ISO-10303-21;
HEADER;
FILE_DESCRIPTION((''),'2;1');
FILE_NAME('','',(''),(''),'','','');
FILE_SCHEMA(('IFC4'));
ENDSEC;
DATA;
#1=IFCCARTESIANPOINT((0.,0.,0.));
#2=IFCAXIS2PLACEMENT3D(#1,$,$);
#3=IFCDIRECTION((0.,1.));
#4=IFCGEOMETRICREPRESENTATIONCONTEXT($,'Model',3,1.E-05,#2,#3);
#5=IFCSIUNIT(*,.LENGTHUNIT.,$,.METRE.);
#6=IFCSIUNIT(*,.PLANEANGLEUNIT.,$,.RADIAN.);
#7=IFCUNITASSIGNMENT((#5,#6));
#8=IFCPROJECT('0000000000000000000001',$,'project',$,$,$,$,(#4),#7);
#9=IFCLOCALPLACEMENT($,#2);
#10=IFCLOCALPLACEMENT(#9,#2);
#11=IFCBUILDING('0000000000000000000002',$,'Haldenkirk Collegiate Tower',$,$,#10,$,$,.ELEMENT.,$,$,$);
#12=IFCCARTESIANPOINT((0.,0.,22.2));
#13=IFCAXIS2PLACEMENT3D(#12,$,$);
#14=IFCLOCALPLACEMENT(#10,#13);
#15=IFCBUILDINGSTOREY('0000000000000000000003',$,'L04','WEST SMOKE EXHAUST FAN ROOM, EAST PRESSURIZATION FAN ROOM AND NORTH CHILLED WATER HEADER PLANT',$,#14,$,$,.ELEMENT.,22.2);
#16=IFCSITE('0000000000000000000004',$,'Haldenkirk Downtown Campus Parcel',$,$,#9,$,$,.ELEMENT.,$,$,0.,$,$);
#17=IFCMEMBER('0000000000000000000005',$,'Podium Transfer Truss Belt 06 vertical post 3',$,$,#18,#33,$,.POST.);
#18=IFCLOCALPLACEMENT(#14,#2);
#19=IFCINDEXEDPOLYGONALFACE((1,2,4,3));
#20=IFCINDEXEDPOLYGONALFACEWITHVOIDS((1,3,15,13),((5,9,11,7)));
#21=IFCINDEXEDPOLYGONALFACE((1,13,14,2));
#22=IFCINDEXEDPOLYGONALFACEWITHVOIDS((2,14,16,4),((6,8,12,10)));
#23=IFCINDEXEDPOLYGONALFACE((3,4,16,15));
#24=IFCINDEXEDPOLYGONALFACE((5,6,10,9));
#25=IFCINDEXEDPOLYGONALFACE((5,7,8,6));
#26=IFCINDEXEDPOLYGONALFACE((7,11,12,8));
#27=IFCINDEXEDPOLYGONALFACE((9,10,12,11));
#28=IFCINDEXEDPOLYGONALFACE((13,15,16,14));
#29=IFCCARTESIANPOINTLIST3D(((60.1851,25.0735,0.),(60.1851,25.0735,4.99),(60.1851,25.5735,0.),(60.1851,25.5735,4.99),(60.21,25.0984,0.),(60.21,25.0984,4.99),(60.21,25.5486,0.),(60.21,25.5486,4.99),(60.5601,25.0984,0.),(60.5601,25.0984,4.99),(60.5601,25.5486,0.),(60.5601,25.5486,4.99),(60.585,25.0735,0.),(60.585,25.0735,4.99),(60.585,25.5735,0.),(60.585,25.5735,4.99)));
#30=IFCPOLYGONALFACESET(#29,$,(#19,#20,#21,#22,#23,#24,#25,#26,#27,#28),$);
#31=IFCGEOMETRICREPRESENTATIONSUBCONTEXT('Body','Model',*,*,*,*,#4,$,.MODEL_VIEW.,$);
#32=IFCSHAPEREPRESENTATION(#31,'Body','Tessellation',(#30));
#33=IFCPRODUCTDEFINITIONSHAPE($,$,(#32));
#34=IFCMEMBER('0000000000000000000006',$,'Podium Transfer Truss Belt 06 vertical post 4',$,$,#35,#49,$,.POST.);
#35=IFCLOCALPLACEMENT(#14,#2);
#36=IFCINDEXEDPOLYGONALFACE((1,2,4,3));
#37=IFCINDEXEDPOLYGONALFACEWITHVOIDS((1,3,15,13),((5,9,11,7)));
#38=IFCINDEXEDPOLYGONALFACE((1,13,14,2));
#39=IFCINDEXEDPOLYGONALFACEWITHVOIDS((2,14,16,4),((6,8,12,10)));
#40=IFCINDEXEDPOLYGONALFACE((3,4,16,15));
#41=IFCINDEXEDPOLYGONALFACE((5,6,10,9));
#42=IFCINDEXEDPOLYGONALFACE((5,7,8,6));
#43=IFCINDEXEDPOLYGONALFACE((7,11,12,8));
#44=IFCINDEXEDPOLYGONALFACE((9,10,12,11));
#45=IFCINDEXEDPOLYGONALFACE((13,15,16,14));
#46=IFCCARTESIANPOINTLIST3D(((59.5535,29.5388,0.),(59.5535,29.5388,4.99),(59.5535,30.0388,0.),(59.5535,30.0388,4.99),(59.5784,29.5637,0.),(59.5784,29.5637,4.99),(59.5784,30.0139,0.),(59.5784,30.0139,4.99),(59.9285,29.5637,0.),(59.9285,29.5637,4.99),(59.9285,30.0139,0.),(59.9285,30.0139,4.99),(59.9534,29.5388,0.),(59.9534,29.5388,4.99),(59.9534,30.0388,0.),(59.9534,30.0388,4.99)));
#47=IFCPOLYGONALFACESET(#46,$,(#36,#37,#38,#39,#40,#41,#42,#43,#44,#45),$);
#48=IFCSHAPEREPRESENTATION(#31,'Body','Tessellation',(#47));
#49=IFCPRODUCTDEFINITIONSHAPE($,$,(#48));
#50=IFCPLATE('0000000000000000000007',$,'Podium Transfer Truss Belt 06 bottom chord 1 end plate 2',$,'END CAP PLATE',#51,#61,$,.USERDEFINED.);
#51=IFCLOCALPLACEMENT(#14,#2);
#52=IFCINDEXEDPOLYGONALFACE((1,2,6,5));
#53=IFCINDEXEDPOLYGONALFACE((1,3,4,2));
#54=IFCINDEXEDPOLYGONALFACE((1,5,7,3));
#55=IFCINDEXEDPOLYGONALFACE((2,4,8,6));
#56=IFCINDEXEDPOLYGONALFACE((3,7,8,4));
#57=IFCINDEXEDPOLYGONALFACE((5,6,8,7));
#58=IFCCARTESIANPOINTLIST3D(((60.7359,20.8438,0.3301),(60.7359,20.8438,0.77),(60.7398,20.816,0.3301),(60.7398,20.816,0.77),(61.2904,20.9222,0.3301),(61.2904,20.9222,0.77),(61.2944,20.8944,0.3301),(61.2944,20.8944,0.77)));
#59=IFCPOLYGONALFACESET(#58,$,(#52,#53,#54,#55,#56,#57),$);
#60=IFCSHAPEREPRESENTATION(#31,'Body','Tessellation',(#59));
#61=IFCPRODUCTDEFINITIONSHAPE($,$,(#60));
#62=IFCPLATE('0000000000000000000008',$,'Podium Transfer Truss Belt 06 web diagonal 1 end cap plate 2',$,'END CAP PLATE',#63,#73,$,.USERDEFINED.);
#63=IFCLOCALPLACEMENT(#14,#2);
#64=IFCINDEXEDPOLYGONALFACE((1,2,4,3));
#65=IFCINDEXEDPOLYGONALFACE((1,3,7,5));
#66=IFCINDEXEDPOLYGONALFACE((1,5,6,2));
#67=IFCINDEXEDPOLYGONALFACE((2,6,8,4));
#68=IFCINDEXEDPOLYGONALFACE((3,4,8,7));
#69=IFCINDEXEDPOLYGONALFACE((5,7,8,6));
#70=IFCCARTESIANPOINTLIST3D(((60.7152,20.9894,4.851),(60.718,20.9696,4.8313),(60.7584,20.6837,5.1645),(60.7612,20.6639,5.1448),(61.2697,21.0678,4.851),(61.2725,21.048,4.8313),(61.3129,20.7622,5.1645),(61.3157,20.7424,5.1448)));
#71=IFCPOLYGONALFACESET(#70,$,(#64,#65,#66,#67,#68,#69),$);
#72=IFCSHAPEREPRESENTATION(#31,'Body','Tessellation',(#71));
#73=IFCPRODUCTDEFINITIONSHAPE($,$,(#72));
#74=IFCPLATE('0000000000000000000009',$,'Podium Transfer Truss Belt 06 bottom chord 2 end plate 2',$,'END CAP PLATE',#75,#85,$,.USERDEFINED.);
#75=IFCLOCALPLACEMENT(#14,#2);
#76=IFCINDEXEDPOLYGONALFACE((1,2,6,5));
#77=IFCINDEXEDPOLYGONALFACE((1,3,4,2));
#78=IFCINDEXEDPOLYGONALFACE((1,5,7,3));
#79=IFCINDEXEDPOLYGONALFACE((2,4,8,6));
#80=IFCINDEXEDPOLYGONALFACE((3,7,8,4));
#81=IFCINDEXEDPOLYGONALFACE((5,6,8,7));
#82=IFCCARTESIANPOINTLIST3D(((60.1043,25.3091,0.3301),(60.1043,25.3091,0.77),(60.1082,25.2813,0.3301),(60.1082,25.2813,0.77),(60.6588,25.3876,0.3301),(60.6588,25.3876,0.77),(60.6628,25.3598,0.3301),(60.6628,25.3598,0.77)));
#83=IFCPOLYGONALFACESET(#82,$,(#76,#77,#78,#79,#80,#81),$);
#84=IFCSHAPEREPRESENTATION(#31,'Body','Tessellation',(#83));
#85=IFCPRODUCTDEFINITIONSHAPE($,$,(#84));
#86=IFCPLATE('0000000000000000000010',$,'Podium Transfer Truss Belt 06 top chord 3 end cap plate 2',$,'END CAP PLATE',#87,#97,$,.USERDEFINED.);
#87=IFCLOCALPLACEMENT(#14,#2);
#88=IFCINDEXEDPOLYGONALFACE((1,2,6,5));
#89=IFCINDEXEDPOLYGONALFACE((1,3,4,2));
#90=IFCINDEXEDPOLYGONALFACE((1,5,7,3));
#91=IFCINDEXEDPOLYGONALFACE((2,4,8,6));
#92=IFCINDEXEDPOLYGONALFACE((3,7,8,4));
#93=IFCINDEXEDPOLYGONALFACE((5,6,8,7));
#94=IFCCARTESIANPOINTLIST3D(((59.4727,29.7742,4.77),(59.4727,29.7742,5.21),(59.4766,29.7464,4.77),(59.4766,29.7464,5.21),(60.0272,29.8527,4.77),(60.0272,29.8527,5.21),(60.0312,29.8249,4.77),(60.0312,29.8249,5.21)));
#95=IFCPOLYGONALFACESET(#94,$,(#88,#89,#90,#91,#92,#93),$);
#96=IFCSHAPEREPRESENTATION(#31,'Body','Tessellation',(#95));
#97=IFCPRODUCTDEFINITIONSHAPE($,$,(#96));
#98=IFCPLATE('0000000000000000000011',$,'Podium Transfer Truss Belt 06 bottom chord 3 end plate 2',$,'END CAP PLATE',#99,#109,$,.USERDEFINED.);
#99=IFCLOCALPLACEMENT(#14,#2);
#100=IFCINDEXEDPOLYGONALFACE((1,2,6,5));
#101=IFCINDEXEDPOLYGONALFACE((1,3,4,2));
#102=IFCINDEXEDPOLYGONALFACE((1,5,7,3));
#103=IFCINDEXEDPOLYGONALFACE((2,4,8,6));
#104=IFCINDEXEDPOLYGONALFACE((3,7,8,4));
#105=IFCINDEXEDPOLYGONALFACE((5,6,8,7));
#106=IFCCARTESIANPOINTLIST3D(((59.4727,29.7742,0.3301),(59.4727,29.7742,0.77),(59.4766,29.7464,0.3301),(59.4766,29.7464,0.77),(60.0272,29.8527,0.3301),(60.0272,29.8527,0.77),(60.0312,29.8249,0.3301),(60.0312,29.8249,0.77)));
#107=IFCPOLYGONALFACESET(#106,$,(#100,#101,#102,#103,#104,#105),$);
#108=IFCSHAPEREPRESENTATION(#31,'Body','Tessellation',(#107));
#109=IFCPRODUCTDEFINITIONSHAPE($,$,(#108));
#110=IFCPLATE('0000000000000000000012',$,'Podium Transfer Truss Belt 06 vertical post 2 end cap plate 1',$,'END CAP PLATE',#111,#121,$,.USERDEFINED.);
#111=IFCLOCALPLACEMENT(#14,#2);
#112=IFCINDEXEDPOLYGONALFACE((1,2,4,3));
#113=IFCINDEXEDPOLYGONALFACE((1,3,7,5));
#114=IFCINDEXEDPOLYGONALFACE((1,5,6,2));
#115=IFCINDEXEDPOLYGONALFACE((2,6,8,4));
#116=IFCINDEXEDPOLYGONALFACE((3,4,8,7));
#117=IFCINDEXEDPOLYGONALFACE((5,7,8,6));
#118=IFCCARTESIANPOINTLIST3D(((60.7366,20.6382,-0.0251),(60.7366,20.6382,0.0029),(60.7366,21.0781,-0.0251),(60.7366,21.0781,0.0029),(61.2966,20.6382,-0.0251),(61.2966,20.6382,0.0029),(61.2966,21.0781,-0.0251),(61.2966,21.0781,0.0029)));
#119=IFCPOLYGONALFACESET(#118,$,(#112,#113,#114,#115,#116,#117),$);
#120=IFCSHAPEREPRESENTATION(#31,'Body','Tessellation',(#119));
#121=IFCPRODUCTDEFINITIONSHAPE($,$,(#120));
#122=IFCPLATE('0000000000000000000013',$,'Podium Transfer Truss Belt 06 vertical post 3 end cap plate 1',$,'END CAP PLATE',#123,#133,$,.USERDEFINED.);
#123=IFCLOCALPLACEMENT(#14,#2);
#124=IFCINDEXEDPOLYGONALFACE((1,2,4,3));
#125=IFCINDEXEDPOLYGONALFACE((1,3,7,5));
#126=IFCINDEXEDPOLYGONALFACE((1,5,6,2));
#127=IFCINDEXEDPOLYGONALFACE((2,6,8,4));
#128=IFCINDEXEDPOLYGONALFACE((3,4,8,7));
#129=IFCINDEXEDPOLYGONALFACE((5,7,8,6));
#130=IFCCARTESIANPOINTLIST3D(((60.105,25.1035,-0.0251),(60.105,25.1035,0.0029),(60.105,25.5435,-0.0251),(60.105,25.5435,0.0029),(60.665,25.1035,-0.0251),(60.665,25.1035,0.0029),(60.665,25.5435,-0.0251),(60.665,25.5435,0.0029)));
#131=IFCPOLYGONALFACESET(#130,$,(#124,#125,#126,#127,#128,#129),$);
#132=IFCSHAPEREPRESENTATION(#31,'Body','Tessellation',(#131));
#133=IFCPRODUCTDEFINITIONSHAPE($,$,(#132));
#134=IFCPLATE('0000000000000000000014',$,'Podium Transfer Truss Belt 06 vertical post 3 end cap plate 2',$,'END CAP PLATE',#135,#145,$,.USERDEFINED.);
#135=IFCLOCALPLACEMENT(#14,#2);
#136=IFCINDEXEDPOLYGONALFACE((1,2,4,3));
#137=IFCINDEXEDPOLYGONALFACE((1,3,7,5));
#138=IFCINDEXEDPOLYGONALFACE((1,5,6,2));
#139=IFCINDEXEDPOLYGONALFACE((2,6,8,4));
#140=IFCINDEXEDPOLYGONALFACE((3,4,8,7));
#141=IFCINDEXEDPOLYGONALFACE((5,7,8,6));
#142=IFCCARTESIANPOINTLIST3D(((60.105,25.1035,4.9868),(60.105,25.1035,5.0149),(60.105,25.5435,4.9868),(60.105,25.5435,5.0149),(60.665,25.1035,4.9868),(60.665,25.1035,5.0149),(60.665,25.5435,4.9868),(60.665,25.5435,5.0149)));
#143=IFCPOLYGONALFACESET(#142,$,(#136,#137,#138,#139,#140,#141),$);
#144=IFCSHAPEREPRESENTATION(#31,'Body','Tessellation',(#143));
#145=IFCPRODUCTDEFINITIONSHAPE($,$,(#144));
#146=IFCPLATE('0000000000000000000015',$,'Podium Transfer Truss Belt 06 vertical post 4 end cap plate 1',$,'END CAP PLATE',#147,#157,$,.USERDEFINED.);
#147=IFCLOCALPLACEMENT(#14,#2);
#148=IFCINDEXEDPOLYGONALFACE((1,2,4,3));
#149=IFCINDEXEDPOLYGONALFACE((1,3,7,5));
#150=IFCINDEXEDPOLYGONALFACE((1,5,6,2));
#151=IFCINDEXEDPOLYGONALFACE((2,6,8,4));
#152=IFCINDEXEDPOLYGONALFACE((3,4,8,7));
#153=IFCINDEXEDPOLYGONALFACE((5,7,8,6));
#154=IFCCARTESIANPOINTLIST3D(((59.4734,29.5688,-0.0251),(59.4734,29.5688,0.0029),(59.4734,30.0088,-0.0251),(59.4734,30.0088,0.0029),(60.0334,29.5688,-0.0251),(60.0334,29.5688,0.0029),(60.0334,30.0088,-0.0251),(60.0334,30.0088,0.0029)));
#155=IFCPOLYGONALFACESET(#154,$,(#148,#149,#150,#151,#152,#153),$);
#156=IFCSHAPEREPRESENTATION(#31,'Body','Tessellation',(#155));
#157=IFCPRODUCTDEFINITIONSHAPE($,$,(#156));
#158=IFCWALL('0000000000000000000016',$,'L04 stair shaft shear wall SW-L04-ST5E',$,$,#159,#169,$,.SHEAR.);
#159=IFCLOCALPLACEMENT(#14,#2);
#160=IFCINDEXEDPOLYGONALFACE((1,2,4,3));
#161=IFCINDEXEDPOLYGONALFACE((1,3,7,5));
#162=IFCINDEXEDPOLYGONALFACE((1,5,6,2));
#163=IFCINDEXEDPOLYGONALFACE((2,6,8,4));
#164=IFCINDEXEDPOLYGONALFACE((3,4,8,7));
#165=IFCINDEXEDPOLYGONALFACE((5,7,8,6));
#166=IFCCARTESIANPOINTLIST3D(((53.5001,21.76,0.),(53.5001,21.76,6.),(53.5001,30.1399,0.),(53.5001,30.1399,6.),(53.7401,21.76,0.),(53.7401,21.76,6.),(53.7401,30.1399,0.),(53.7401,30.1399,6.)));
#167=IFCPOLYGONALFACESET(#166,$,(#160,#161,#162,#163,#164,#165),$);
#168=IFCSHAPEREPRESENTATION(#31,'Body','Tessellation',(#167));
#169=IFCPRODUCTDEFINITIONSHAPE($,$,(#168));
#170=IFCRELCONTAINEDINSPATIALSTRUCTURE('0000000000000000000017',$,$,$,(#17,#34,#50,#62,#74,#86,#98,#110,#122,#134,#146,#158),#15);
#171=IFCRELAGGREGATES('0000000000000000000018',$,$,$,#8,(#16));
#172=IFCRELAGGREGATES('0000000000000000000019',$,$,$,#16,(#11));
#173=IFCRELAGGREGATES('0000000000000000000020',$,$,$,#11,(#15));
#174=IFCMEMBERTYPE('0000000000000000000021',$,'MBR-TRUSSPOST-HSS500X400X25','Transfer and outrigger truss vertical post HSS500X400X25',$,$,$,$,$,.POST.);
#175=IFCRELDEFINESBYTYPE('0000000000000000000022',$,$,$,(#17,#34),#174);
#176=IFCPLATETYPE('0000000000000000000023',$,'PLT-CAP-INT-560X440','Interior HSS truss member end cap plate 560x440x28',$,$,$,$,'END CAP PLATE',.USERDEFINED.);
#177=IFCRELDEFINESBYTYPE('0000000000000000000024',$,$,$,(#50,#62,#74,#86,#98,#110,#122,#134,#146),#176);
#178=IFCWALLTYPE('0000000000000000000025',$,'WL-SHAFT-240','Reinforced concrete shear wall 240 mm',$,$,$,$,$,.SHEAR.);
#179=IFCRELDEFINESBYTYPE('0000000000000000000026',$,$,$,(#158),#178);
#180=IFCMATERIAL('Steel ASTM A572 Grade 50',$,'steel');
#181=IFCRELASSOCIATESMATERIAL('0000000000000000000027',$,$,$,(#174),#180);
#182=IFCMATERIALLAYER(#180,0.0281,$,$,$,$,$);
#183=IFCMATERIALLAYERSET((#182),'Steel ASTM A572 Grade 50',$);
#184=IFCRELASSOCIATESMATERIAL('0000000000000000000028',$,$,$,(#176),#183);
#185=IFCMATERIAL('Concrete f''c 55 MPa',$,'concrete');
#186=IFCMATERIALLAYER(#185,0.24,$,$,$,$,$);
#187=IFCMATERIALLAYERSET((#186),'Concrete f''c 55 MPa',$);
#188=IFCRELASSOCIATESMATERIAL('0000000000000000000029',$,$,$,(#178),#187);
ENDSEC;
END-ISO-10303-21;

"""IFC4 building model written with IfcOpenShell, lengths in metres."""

from ifc_helpers import new_model, si_unit, direction, frame, frame_2d, origin, origin_2d, place, context, subcontext, project, spatial, rectangle, hollow_rectangle, extrude, source, transform, mapped, material, layer, layer_set, material_profile, profile_set, type_object, element, save


model = new_model("IFC4")

# Units and contexts
model_context = context("Model", 3, precision=1e-05, world=origin(), true_north=direction((0.0, 1.0)))
body_context = subcontext(model_context, "Body", "Model", "MODEL_VIEW")
ifc_project = project(units=[si_unit("LENGTHUNIT", "METRE"), si_unit("PLANEANGLEUNIT", "RADIAN")], contexts=[model_context])

# Site, building, storey
site_placement = place(None, origin())
site = spatial("IfcSite", under=ifc_project, at=site_placement, Name="Haldenkirk Downtown Campus Parcel", CompositionType="ELEMENT", RefElevation=0.0)
building_placement = place(site_placement, origin())
building = spatial("IfcBuilding", under=site, at=building_placement, Name="Haldenkirk Collegiate Tower", CompositionType="ELEMENT")
storey_placement = place(building_placement, frame((0.0, 0.0, 22.2)))
storey = spatial("IfcBuildingStorey", under=building, at=storey_placement, Name="L04", Description="WEST SMOKE EXHAUST FAN ROOM, EAST PRESSURIZATION FAN ROOM AND NORTH CHILLED WATER HEADER PLANT", CompositionType="ELEMENT", Elevation=22.2)

# Members
ifc_material_1 = material(Name="Steel ASTM A572 Grade 50", Category="steel")
ifc_material_profile_1 = material_profile(ifc_material_1, hollow_rectangle(XDim=0.3999, YDim=0.5, WallThickness=0.0249, at=origin_2d()), Name="HSS500X400X25")
ifc_profile_set_1 = profile_set([ifc_material_profile_1], Name="Steel ASTM A572 Grade 50")
member_type_1 = type_object("IfcMemberType", Name="MBR-TRUSSPOST-HSS500X400X25", Description="Transfer and outrigger truss vertical post HSS500X400X25", PredefinedType="POST", material=ifc_profile_set_1)
for number, where, z_axis, x_axis, name in (
    (1, (60.385, 25.3235, 0.0), (0.0, 0.0, 1.0), (1.0, 0.0, 0.0), "Podium Transfer Truss Belt 06 vertical post 3"),
    (2, (59.7534, 29.7888, 0.0), (0.0, 0.0, 1.0), (1.0, 0.0, 0.0), "Podium Transfer Truss Belt 06 vertical post 4"),
):
    element("IfcMember", number, at=place(storey_placement, frame(where, z_axis=z_axis, x_axis=x_axis)), inside=storey, type_object=member_type_1, Name=name, PredefinedType="POST", context=body_context, shape_type="SweptSolid", body=[
        extrude(hollow_rectangle(XDim=0.3999, YDim=0.5, WallThickness=0.0249, at=origin_2d()), origin(), (0.0, 0.0, 1.0), 4.99),
    ])

# Plates
ifc_layer_1 = layer(ifc_material_1, 0.0281)
ifc_layer_set_1 = layer_set([ifc_layer_1], Name="Steel ASTM A572 Grade 50")
plate_type = type_object("IfcPlateType", Name="PLT-CAP-INT-560X440", Description="Interior HSS truss member end cap plate 560x440x28", ElementType="END CAP PLATE", PredefinedType="USERDEFINED", material=ifc_layer_set_1)
shared_shape = source(origin(), body_context, "Body", "SweptSolid", [
    extrude(rectangle(XDim=0.5601, YDim=0.4399, at=origin_2d()), origin(), (0.0, 0.0, 1.0), 0.0281),
])
for number, where, z_axis, x_axis, name in (
    (3, (61.0171, 20.8552, 0.55), (-0.14004, 0.990146, 0.0), (-0.990146, -0.14004, 0.0), "Podium Transfer Truss Belt 06 bottom chord 1 end plate 2"),
    (4, (61.0168, 20.856, 4.988), (-0.099786, 0.705566, 0.701584), (-0.990147, -0.140034, 0.0), "Podium Transfer Truss Belt 06 web diagonal 1 end cap plate 2"),
    (5, (60.3855, 25.3206, 0.55), (-0.14004, 0.990146, 0.0), (-0.990146, -0.14004, 0.0), "Podium Transfer Truss Belt 06 bottom chord 2 end plate 2"),
    (6, (59.7539, 29.7856, 4.99), (-0.140034, 0.990147, 0.0), (-0.990147, -0.140034, 0.0), "Podium Transfer Truss Belt 06 top chord 3 end cap plate 2"),
    (7, (59.7539, 29.7856, 0.55), (-0.14004, 0.990146, 0.0), (-0.990146, -0.14004, 0.0), "Podium Transfer Truss Belt 06 bottom chord 3 end plate 2"),
    (8, (61.0166, 20.8582, 0.0029), (0.0, 0.0, -1.0), (1.0, 0.0, 0.0), "Podium Transfer Truss Belt 06 vertical post 2 end cap plate 1"),
    (9, (60.385, 25.3235, 0.0029), (0.0, 0.0, -1.0), (1.0, 0.0, 0.0), "Podium Transfer Truss Belt 06 vertical post 3 end cap plate 1"),
    (10, (60.385, 25.3235, 4.9868), (0.0, 0.0, 1.0), (1.0, 0.0, 0.0), "Podium Transfer Truss Belt 06 vertical post 3 end cap plate 2"),
    (11, (59.7534, 29.7888, 0.0029), (0.0, 0.0, -1.0), (1.0, 0.0, 0.0), "Podium Transfer Truss Belt 06 vertical post 4 end cap plate 1"),
):
    element("IfcPlate", number, at=place(storey_placement, frame(where, z_axis=z_axis, x_axis=x_axis)), inside=storey, type_object=plate_type, Name=name, ObjectType="END CAP PLATE", PredefinedType="USERDEFINED", context=body_context, shape_type="MappedRepresentation", body=[
        mapped(shared_shape, transform((0.0, 0.0, 0.0), x_axis=(1.0, 0.0, 0.0), y_axis=(0.0, 1.0, 0.0), z_axis=(0.0, 0.0, 1.0), scale=1.0)),
    ])

# Wall
ifc_material_2 = material(Name="Concrete f'c 55 MPa", Category="concrete")
ifc_layer_2 = layer(ifc_material_2, 0.24)
ifc_layer_set_2 = layer_set([ifc_layer_2], Name="Concrete f'c 55 MPa")
wall_type = type_object("IfcWallType", Name="WL-SHAFT-240", Description="Reinforced concrete shear wall 240 mm", PredefinedType="SHEAR", material=ifc_layer_set_2)
wall_placement = place(storey_placement, frame((53.6201, 21.76, 0.0), z_axis=(0.0, 0.0, 1.0), x_axis=(0.0, 1.0, 0.0)))
element("IfcWall", 12, at=wall_placement, inside=storey, type_object=wall_type, Name="L04 stair shaft shear wall SW-L04-ST5E", PredefinedType="SHEAR", context=body_context, shape_type="SweptSolid", body=[
    extrude(rectangle(XDim=8.3799, YDim=0.24, at=frame_2d((4.1899, 0.0))), origin(), (0.0, 0.0, 1.0), 6.0),
])

save(model, "model.ifc")
